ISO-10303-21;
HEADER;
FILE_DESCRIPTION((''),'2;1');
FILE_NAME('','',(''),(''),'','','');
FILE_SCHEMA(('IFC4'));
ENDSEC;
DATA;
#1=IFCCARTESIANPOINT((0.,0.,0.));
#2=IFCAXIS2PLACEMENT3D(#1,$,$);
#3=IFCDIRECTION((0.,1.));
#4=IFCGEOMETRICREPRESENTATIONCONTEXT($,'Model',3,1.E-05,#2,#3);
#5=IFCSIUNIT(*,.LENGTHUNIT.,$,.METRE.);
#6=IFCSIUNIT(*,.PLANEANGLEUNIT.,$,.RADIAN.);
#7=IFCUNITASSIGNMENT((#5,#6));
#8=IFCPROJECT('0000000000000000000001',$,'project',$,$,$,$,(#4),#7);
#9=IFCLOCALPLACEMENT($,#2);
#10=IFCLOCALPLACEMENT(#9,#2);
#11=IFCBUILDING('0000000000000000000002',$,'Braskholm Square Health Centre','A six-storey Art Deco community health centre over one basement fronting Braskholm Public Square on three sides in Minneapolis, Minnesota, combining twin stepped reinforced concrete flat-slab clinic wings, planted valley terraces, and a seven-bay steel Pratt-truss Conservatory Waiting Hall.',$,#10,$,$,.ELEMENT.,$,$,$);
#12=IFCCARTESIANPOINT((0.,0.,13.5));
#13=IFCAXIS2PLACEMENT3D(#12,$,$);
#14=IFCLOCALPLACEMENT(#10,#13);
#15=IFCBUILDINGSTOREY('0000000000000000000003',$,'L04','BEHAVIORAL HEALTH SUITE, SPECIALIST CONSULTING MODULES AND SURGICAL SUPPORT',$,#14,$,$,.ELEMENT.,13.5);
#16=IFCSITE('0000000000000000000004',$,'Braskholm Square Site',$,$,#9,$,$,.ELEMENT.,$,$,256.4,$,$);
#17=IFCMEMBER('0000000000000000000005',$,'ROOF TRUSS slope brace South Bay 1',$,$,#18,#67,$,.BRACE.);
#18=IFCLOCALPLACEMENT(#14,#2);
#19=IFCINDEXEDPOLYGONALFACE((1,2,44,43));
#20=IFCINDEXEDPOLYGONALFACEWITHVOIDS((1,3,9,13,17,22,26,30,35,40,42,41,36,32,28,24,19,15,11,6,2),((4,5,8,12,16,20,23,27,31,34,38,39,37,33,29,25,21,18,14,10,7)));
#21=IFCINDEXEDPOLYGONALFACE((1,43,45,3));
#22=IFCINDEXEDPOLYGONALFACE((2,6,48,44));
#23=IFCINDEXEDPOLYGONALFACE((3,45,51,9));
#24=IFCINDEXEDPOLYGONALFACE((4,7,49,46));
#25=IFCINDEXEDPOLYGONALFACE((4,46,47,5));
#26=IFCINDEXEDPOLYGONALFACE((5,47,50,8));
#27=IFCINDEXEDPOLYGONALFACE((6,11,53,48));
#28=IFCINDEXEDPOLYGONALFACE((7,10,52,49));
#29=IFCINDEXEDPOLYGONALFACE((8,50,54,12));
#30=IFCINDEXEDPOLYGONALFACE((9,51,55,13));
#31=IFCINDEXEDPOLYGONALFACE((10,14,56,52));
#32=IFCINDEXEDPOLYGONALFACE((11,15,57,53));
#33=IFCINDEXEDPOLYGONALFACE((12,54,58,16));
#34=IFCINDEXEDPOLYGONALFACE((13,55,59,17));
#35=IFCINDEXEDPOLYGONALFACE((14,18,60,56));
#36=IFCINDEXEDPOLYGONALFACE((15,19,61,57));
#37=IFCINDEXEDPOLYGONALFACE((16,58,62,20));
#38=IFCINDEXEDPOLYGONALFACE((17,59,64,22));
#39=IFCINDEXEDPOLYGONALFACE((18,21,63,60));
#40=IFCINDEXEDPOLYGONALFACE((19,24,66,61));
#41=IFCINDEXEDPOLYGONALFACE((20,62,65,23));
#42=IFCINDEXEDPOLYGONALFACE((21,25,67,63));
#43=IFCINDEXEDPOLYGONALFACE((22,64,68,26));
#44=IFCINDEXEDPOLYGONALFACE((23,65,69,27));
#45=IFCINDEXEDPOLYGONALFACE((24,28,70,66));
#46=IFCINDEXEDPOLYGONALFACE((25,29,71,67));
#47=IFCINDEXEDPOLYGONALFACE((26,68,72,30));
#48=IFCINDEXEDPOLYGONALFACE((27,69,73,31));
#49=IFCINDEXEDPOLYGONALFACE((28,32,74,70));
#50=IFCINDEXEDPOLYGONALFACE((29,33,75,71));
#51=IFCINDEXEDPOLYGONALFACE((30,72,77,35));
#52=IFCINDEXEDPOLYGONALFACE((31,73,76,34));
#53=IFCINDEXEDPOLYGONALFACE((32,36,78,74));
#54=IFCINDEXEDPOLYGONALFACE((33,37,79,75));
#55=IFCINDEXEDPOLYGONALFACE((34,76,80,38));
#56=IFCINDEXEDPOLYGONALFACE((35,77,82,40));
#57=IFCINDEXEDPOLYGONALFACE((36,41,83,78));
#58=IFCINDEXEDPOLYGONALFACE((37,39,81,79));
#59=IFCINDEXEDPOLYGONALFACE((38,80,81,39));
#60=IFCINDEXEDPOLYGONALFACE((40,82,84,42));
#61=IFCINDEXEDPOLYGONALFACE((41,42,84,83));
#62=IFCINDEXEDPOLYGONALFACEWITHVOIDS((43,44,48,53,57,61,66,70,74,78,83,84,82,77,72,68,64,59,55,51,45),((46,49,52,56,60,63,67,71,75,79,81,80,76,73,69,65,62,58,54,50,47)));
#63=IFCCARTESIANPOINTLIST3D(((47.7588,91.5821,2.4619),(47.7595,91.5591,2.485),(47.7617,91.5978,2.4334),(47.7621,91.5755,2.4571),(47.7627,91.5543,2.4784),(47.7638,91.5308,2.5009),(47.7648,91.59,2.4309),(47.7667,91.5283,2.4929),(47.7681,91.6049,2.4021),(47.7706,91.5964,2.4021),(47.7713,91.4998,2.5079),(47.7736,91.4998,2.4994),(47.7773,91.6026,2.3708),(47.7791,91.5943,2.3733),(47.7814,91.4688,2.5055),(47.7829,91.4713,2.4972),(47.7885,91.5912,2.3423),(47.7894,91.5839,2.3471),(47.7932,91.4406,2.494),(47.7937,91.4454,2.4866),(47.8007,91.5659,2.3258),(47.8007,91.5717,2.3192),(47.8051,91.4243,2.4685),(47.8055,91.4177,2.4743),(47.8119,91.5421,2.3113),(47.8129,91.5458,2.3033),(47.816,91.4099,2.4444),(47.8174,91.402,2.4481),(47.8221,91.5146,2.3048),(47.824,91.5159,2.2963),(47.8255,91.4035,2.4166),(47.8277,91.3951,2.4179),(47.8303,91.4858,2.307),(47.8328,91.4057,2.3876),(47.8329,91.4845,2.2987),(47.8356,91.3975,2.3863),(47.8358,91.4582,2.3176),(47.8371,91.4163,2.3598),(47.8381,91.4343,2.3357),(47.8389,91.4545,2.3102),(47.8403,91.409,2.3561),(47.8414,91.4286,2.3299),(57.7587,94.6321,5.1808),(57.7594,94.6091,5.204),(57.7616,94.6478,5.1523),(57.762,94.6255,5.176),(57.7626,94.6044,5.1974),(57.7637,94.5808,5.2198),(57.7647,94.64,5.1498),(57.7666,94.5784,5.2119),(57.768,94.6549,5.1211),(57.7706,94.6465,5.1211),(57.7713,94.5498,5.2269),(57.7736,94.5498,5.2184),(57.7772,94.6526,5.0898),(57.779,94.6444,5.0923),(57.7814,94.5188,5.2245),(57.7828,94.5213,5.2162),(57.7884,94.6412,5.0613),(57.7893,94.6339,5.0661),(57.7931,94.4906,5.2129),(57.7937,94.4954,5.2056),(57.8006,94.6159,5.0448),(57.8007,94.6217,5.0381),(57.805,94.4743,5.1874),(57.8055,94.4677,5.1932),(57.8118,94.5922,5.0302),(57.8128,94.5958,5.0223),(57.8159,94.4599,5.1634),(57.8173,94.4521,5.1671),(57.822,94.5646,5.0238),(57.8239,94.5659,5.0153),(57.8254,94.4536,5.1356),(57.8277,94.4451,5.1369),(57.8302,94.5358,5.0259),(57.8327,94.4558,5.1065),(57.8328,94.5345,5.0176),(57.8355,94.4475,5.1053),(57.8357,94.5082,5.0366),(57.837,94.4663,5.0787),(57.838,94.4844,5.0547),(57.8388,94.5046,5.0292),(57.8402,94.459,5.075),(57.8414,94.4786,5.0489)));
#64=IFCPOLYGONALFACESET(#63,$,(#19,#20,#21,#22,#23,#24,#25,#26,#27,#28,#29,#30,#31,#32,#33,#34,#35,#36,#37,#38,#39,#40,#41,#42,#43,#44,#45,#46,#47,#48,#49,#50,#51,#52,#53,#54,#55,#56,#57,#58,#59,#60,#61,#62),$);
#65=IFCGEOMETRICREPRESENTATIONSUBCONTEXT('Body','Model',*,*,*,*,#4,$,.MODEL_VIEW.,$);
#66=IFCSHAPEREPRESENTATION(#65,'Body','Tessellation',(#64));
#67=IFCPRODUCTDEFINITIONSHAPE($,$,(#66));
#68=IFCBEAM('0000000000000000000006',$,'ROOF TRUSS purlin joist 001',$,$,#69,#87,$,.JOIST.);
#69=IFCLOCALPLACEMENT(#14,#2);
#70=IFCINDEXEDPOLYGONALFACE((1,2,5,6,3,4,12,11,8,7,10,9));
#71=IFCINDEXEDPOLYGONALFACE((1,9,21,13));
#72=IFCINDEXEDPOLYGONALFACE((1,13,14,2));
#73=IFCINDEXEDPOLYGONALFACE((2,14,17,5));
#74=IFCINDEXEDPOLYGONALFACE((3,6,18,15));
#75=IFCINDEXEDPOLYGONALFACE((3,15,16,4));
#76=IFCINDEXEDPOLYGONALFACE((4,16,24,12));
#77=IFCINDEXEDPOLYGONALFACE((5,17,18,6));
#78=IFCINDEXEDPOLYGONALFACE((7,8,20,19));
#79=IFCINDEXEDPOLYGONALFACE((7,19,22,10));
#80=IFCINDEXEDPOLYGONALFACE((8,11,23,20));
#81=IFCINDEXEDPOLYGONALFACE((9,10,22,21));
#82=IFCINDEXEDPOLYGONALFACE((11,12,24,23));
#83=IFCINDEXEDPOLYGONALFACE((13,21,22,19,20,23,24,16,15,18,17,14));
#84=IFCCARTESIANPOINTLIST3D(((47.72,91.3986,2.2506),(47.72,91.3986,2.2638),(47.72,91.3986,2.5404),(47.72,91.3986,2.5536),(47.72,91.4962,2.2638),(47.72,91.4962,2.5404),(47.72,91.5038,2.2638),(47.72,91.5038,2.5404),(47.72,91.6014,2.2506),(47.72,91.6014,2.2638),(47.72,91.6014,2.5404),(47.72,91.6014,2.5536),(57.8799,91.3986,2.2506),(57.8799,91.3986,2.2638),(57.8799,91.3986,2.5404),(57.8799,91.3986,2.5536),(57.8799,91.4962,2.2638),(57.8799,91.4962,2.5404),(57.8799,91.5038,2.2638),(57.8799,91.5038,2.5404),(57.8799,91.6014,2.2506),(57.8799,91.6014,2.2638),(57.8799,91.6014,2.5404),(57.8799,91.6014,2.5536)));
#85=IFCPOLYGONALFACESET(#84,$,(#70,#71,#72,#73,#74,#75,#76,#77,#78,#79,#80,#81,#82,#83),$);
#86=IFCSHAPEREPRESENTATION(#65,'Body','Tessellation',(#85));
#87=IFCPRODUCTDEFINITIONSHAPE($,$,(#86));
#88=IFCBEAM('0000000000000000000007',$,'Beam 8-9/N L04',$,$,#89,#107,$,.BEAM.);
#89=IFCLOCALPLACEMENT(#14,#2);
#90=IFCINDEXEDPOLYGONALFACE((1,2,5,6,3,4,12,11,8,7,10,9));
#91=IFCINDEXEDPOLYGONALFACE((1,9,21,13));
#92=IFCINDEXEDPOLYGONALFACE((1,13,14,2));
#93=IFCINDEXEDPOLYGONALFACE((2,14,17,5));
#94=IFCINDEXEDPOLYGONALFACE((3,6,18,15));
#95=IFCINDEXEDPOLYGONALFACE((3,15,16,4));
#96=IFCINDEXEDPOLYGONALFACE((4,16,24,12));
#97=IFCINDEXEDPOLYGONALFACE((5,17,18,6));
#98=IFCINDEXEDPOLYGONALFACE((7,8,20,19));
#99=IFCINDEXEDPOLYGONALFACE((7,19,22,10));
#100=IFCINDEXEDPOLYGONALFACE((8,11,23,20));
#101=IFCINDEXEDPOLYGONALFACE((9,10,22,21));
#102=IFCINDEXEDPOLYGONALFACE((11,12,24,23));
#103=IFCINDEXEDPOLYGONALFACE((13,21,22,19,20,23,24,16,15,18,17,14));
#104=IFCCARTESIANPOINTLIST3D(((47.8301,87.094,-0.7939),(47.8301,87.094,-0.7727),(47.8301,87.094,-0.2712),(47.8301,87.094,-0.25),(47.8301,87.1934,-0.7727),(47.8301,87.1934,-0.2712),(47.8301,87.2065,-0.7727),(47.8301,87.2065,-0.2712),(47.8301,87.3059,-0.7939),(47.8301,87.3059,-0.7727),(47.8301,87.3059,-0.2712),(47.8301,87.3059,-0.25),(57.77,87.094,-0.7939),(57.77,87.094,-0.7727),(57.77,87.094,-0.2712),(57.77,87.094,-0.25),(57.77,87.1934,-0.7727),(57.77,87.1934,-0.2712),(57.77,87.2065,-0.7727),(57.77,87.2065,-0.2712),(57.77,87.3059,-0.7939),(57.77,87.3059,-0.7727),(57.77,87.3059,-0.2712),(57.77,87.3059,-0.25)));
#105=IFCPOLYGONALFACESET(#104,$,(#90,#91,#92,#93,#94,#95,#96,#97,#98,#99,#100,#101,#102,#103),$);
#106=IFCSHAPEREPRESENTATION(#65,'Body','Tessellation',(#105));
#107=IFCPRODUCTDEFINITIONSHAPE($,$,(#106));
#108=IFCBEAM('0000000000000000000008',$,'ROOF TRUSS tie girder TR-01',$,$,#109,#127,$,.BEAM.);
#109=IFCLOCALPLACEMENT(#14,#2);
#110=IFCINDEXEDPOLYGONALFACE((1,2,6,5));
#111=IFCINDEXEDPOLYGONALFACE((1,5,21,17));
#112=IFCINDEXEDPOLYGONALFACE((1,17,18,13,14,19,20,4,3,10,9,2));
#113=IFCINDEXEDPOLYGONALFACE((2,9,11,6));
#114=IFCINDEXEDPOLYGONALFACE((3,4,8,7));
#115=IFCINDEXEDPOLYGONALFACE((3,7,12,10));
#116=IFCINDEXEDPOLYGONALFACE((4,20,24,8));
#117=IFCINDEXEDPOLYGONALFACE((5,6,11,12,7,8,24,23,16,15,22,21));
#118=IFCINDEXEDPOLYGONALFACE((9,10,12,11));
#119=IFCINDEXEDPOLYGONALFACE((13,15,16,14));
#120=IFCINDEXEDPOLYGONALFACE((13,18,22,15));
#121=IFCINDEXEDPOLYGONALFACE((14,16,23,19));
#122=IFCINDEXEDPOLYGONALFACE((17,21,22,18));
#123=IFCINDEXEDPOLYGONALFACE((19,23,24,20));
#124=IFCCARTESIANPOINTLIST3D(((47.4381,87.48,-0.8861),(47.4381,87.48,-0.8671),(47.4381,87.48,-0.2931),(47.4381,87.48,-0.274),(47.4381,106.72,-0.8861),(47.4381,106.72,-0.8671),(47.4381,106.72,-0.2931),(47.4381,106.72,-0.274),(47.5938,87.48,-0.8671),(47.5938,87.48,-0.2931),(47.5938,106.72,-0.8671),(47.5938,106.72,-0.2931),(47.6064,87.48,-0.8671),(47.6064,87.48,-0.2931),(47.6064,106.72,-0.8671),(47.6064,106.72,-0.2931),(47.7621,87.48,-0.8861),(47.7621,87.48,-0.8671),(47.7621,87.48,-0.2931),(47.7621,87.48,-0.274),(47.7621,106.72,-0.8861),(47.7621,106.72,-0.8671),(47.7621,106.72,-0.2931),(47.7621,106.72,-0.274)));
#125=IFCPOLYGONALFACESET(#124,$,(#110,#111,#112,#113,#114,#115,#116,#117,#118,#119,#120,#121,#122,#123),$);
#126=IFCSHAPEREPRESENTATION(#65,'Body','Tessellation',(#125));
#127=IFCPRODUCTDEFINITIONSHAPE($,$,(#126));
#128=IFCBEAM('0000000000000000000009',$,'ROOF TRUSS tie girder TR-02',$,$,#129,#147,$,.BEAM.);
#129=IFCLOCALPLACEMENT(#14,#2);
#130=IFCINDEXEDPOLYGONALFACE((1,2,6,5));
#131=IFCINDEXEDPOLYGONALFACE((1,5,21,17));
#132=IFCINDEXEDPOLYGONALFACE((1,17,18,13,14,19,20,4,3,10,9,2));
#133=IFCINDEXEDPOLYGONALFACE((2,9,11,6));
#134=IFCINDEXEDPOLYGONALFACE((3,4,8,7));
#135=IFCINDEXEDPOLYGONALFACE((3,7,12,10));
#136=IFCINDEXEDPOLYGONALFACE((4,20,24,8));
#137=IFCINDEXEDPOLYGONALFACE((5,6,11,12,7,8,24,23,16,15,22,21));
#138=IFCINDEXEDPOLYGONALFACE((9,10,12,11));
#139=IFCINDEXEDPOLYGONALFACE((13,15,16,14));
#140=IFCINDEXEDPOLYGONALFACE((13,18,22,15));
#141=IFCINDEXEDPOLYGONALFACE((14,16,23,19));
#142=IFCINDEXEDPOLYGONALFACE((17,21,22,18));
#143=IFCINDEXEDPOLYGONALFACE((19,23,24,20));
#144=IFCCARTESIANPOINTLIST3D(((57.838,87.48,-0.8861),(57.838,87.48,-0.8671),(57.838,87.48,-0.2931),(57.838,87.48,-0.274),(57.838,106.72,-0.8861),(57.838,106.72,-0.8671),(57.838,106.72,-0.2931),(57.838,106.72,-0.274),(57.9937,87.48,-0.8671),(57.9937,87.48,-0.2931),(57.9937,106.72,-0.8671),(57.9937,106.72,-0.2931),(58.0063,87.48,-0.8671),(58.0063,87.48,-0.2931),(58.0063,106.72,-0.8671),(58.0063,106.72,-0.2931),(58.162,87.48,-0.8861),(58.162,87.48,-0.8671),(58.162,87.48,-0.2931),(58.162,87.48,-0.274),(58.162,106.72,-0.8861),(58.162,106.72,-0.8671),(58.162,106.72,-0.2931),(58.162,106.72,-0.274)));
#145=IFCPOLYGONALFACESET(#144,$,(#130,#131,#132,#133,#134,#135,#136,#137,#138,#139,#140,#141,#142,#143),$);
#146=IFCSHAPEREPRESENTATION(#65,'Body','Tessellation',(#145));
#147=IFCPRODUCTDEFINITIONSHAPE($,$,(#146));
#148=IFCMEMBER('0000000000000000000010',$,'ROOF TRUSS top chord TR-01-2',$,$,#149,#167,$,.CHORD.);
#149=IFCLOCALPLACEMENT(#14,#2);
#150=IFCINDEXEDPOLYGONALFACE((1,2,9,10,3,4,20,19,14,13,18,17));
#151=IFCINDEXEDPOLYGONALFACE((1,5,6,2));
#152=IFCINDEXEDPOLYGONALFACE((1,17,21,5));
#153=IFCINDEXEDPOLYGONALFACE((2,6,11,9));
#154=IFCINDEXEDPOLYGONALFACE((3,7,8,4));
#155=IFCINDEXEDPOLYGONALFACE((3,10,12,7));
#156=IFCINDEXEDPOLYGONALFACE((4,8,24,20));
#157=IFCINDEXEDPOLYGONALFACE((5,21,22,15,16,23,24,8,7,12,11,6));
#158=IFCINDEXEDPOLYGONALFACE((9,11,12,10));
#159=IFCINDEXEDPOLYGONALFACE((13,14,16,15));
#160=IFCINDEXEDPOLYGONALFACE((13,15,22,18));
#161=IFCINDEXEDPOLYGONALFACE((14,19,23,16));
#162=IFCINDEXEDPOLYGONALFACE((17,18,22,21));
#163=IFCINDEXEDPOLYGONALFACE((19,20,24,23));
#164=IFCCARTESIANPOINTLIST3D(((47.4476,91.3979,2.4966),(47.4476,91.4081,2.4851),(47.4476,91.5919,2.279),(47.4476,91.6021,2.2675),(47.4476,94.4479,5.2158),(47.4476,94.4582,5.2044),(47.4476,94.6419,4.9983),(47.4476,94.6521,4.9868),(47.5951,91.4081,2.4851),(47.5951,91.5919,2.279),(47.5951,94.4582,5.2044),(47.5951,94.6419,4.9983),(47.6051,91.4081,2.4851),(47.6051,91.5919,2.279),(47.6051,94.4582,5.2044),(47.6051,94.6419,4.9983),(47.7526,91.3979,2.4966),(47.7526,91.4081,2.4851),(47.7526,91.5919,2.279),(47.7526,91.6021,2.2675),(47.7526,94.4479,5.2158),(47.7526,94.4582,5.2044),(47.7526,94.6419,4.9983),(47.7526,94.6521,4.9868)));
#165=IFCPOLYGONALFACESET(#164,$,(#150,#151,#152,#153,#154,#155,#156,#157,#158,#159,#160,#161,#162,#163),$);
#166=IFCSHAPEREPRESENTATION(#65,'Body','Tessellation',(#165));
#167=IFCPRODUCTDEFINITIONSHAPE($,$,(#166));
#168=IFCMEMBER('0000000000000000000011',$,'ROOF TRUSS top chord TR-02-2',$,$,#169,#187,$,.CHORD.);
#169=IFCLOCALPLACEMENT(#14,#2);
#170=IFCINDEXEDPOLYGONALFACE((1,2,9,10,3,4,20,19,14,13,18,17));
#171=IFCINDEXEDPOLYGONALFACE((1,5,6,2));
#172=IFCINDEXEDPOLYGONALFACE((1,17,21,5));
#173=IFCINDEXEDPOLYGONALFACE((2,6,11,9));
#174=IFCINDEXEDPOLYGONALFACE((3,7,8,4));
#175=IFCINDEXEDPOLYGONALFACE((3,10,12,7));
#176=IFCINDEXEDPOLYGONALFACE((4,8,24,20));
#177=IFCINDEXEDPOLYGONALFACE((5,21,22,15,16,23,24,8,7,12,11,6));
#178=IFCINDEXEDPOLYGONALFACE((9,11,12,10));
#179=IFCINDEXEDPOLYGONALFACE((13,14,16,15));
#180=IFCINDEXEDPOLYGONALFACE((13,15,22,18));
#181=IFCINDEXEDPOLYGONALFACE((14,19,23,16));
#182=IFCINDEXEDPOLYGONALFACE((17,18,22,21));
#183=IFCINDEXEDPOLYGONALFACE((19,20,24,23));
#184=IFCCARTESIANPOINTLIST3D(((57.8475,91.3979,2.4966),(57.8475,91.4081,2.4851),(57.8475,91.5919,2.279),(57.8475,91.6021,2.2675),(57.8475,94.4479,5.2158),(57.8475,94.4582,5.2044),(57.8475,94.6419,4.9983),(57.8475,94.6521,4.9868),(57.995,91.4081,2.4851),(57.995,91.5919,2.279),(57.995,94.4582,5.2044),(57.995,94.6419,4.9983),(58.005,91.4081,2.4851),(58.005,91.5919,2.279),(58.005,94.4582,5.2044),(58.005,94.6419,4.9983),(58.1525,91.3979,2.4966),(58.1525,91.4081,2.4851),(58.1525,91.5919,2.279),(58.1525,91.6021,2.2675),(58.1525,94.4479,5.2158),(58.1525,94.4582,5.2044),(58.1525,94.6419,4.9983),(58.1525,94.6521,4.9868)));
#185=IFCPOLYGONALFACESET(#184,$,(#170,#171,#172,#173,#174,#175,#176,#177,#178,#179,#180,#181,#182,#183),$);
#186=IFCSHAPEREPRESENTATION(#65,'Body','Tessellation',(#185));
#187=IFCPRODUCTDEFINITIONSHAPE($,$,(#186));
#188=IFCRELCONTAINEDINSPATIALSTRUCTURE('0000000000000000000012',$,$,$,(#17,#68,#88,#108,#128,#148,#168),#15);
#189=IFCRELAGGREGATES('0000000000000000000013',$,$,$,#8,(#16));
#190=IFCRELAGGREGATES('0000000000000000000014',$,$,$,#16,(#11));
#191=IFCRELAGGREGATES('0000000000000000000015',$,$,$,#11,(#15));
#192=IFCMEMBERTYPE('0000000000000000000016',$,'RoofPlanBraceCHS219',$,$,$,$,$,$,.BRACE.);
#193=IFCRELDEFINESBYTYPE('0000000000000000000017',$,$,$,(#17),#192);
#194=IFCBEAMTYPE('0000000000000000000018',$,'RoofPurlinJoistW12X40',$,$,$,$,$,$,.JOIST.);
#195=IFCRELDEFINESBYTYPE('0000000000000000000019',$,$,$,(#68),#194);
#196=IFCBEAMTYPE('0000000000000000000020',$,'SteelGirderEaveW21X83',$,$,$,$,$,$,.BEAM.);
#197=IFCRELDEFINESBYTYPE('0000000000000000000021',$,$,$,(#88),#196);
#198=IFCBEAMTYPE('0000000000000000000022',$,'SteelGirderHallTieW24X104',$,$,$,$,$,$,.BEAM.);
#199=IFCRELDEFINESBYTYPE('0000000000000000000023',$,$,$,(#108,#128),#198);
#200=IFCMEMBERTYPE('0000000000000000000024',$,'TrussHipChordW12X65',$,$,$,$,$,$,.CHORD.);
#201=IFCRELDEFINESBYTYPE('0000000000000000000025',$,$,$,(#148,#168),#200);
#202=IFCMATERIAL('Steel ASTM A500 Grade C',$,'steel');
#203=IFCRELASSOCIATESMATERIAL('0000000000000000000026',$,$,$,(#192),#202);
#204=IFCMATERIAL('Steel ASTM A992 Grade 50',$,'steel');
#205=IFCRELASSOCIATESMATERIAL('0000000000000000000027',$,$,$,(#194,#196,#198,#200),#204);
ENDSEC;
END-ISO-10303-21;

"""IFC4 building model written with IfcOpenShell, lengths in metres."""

from ifc_helpers import new_model, si_unit, direction, frame, origin, origin_2d, place, context, subcontext, project, spatial, hollow_circle, i_section, extrude, material, material_profile, profile_set, type_object, element, save


model = new_model("IFC4")

# Units and contexts
model_context = context("Model", 3, precision=1e-05, world=origin(), true_north=direction((0.0, 1.0)))
body_context = subcontext(model_context, "Body", "Model", "MODEL_VIEW")
ifc_project = project(units=[si_unit("LENGTHUNIT", "METRE"), si_unit("PLANEANGLEUNIT", "RADIAN")], contexts=[model_context])

# Site, building, storey
site_placement = place(None, origin())
site = spatial("IfcSite", under=ifc_project, at=site_placement, Name="Braskholm Square Site", CompositionType="ELEMENT", RefElevation=256.4)
building_placement = place(site_placement, origin())
building = spatial("IfcBuilding", under=site, at=building_placement, Name="Braskholm Square Health Centre", Description="A six-storey Art Deco community health centre over one basement fronting Braskholm Public Square on three sides in Minneapolis, Minnesota, combining twin stepped reinforced concrete flat-slab clinic wings, planted valley terraces, and a seven-bay steel Pratt-truss Conservatory Waiting Hall.", CompositionType="ELEMENT")
storey_placement = place(building_placement, frame((0.0, 0.0, 13.5)))
storey = spatial("IfcBuildingStorey", under=building, at=storey_placement, Name="L04", Description="BEHAVIORAL HEALTH SUITE, SPECIALIST CONSULTING MODULES AND SURGICAL SUPPORT", CompositionType="ELEMENT", Elevation=13.5)

# Member
ifc_material_1 = material(Name="Steel ASTM A500 Grade C", Category="steel")
ifc_material_profile_1 = material_profile(ifc_material_1, hollow_circle(Radius=0.1096, WallThickness=0.0088, at=origin_2d()), Name="HSS8.625X0.375")
ifc_profile_set_1 = profile_set([ifc_material_profile_1], Name="Steel ASTM A500 Grade C")
member_type_1 = type_object("IfcMemberType", Name="RoofPlanBraceCHS219", PredefinedType="BRACE", material=ifc_profile_set_1)
member_1_placement = place(storey_placement, frame((47.8, 91.5, 2.4021), z_axis=(0.925705, 0.282344, 0.251699), x_axis=(-0.291737, 0.956499, 0.0)))
element("IfcMember", 1, at=member_1_placement, inside=storey, type_object=member_type_1, Name="ROOF TRUSS slope brace South Bay 1", PredefinedType="BRACE", context=body_context, shape_type="SweptSolid", body=[
    extrude(hollow_circle(Radius=0.1096, WallThickness=0.0088, at=origin_2d()), origin(), (0.0, 0.0, 1.0), 10.8025),
])

# Beams
ifc_material_2 = material(Name="Steel ASTM A992 Grade 50", Category="steel")
ifc_material_profile_2 = material_profile(ifc_material_2, i_section(OverallWidth=0.2029, OverallDepth=0.303, WebThickness=0.0076, FlangeThickness=0.0132, at=origin_2d()), Name="W12X40")
ifc_profile_set_2 = profile_set([ifc_material_profile_2], Name="Steel ASTM A992 Grade 50")
beam_type_1 = type_object("IfcBeamType", Name="RoofPurlinJoistW12X40", PredefinedType="JOIST", material=ifc_profile_set_2)
beam_1_placement = place(storey_placement, frame((47.72, 91.5, 2.4021), z_axis=(1.0, 0.0, 0.0), x_axis=(0.0, 1.0, 0.0)))
element("IfcBeam", 2, at=beam_1_placement, inside=storey, type_object=beam_type_1, Name="ROOF TRUSS purlin joist 001", PredefinedType="JOIST", context=body_context, shape_type="SweptSolid", body=[
    extrude(i_section(OverallWidth=0.2029, OverallDepth=0.303, WebThickness=0.0076, FlangeThickness=0.0132, at=origin_2d()), origin(), (0.0, 0.0, 1.0), 10.1599),
])
ifc_material_profile_3 = material_profile(ifc_material_2, i_section(OverallWidth=0.2119, OverallDepth=0.5439, WebThickness=0.0132, FlangeThickness=0.0212, at=origin_2d()), Name="W21X83")
ifc_profile_set_3 = profile_set([ifc_material_profile_3], Name="Steel ASTM A992 Grade 50")
beam_type_2 = type_object("IfcBeamType", Name="SteelGirderEaveW21X83", PredefinedType="BEAM", material=ifc_profile_set_3)
beam_2_placement = place(storey_placement, frame((47.8301, 87.2, -0.522), z_axis=(1.0, 0.0, 0.0), x_axis=(0.0, 1.0, 0.0)))
element("IfcBeam", 3, at=beam_2_placement, inside=storey, type_object=beam_type_2, Name="Beam 8-9/N L04", PredefinedType="BEAM", context=body_context, shape_type="SweptSolid", body=[
    extrude(i_section(OverallWidth=0.2119, OverallDepth=0.5439, WebThickness=0.0132, FlangeThickness=0.0212, at=origin_2d()), origin(), (0.0, 0.0, 1.0), 9.9399),
])
ifc_material_profile_4 = material_profile(ifc_material_2, i_section(OverallWidth=0.324, OverallDepth=0.6121, WebThickness=0.0127, FlangeThickness=0.019, at=origin_2d()), Name="W24X104")
ifc_profile_set_4 = profile_set([ifc_material_profile_4], Name="Steel ASTM A992 Grade 50")
beam_type_3 = type_object("IfcBeamType", Name="SteelGirderHallTieW24X104", PredefinedType="BEAM", material=ifc_profile_set_4)
for number, where, z_axis, x_axis, name in (
    (4, (47.6001, 87.48, -0.5801), (0.0, 1.0, 0.0), (-1.0, 0.0, 0.0), "ROOF TRUSS tie girder TR-01"),
    (5, (58.0, 87.48, -0.5801), (0.0, 1.0, 0.0), (-1.0, 0.0, 0.0), "ROOF TRUSS tie girder TR-02"),
):
    element("IfcBeam", number, at=place(storey_placement, frame(where, z_axis=z_axis, x_axis=x_axis)), inside=storey, type_object=beam_type_3, Name=name, PredefinedType="BEAM", context=body_context, shape_type="SweptSolid", body=[
        extrude(i_section(OverallWidth=0.324, OverallDepth=0.6121, WebThickness=0.0127, FlangeThickness=0.019, at=origin_2d()), origin(), (0.0, 0.0, 1.0), 19.24),
    ])

# Members
ifc_material_profile_5 = material_profile(ifc_material_2, i_section(OverallWidth=0.3049, OverallDepth=0.3069, WebThickness=0.01, FlangeThickness=0.0154, at=origin_2d()), Name="W12X65")
ifc_profile_set_5 = profile_set([ifc_material_profile_5], Name="Steel ASTM A992 Grade 50")
member_type_2 = type_object("IfcMemberType", Name="TrussHipChordW12X65", PredefinedType="CHORD", material=ifc_profile_set_5)
for number, where, z_axis, x_axis, name in (
    (6, (47.6001, 91.5, 2.3821), (0.0, 0.746426, 0.665468), (-1.0, 0.0, 0.0), "ROOF TRUSS top chord TR-01-2"),
    (7, (58.0, 91.5, 2.3821), (0.0, 0.746426, 0.665468), (-1.0, 0.0, 0.0), "ROOF TRUSS top chord TR-02-2"),
):
    element("IfcMember", number, at=place(storey_placement, frame(where, z_axis=z_axis, x_axis=x_axis)), inside=storey, type_object=member_type_2, Name=name, PredefinedType="CHORD", context=body_context, shape_type="SweptSolid", body=[
        extrude(i_section(OverallWidth=0.3049, OverallDepth=0.3069, WebThickness=0.01, FlangeThickness=0.0154, at=origin_2d()), origin(), (0.0, 0.0, 1.0), 4.0862),
    ])

save(model, "model.ifc")
